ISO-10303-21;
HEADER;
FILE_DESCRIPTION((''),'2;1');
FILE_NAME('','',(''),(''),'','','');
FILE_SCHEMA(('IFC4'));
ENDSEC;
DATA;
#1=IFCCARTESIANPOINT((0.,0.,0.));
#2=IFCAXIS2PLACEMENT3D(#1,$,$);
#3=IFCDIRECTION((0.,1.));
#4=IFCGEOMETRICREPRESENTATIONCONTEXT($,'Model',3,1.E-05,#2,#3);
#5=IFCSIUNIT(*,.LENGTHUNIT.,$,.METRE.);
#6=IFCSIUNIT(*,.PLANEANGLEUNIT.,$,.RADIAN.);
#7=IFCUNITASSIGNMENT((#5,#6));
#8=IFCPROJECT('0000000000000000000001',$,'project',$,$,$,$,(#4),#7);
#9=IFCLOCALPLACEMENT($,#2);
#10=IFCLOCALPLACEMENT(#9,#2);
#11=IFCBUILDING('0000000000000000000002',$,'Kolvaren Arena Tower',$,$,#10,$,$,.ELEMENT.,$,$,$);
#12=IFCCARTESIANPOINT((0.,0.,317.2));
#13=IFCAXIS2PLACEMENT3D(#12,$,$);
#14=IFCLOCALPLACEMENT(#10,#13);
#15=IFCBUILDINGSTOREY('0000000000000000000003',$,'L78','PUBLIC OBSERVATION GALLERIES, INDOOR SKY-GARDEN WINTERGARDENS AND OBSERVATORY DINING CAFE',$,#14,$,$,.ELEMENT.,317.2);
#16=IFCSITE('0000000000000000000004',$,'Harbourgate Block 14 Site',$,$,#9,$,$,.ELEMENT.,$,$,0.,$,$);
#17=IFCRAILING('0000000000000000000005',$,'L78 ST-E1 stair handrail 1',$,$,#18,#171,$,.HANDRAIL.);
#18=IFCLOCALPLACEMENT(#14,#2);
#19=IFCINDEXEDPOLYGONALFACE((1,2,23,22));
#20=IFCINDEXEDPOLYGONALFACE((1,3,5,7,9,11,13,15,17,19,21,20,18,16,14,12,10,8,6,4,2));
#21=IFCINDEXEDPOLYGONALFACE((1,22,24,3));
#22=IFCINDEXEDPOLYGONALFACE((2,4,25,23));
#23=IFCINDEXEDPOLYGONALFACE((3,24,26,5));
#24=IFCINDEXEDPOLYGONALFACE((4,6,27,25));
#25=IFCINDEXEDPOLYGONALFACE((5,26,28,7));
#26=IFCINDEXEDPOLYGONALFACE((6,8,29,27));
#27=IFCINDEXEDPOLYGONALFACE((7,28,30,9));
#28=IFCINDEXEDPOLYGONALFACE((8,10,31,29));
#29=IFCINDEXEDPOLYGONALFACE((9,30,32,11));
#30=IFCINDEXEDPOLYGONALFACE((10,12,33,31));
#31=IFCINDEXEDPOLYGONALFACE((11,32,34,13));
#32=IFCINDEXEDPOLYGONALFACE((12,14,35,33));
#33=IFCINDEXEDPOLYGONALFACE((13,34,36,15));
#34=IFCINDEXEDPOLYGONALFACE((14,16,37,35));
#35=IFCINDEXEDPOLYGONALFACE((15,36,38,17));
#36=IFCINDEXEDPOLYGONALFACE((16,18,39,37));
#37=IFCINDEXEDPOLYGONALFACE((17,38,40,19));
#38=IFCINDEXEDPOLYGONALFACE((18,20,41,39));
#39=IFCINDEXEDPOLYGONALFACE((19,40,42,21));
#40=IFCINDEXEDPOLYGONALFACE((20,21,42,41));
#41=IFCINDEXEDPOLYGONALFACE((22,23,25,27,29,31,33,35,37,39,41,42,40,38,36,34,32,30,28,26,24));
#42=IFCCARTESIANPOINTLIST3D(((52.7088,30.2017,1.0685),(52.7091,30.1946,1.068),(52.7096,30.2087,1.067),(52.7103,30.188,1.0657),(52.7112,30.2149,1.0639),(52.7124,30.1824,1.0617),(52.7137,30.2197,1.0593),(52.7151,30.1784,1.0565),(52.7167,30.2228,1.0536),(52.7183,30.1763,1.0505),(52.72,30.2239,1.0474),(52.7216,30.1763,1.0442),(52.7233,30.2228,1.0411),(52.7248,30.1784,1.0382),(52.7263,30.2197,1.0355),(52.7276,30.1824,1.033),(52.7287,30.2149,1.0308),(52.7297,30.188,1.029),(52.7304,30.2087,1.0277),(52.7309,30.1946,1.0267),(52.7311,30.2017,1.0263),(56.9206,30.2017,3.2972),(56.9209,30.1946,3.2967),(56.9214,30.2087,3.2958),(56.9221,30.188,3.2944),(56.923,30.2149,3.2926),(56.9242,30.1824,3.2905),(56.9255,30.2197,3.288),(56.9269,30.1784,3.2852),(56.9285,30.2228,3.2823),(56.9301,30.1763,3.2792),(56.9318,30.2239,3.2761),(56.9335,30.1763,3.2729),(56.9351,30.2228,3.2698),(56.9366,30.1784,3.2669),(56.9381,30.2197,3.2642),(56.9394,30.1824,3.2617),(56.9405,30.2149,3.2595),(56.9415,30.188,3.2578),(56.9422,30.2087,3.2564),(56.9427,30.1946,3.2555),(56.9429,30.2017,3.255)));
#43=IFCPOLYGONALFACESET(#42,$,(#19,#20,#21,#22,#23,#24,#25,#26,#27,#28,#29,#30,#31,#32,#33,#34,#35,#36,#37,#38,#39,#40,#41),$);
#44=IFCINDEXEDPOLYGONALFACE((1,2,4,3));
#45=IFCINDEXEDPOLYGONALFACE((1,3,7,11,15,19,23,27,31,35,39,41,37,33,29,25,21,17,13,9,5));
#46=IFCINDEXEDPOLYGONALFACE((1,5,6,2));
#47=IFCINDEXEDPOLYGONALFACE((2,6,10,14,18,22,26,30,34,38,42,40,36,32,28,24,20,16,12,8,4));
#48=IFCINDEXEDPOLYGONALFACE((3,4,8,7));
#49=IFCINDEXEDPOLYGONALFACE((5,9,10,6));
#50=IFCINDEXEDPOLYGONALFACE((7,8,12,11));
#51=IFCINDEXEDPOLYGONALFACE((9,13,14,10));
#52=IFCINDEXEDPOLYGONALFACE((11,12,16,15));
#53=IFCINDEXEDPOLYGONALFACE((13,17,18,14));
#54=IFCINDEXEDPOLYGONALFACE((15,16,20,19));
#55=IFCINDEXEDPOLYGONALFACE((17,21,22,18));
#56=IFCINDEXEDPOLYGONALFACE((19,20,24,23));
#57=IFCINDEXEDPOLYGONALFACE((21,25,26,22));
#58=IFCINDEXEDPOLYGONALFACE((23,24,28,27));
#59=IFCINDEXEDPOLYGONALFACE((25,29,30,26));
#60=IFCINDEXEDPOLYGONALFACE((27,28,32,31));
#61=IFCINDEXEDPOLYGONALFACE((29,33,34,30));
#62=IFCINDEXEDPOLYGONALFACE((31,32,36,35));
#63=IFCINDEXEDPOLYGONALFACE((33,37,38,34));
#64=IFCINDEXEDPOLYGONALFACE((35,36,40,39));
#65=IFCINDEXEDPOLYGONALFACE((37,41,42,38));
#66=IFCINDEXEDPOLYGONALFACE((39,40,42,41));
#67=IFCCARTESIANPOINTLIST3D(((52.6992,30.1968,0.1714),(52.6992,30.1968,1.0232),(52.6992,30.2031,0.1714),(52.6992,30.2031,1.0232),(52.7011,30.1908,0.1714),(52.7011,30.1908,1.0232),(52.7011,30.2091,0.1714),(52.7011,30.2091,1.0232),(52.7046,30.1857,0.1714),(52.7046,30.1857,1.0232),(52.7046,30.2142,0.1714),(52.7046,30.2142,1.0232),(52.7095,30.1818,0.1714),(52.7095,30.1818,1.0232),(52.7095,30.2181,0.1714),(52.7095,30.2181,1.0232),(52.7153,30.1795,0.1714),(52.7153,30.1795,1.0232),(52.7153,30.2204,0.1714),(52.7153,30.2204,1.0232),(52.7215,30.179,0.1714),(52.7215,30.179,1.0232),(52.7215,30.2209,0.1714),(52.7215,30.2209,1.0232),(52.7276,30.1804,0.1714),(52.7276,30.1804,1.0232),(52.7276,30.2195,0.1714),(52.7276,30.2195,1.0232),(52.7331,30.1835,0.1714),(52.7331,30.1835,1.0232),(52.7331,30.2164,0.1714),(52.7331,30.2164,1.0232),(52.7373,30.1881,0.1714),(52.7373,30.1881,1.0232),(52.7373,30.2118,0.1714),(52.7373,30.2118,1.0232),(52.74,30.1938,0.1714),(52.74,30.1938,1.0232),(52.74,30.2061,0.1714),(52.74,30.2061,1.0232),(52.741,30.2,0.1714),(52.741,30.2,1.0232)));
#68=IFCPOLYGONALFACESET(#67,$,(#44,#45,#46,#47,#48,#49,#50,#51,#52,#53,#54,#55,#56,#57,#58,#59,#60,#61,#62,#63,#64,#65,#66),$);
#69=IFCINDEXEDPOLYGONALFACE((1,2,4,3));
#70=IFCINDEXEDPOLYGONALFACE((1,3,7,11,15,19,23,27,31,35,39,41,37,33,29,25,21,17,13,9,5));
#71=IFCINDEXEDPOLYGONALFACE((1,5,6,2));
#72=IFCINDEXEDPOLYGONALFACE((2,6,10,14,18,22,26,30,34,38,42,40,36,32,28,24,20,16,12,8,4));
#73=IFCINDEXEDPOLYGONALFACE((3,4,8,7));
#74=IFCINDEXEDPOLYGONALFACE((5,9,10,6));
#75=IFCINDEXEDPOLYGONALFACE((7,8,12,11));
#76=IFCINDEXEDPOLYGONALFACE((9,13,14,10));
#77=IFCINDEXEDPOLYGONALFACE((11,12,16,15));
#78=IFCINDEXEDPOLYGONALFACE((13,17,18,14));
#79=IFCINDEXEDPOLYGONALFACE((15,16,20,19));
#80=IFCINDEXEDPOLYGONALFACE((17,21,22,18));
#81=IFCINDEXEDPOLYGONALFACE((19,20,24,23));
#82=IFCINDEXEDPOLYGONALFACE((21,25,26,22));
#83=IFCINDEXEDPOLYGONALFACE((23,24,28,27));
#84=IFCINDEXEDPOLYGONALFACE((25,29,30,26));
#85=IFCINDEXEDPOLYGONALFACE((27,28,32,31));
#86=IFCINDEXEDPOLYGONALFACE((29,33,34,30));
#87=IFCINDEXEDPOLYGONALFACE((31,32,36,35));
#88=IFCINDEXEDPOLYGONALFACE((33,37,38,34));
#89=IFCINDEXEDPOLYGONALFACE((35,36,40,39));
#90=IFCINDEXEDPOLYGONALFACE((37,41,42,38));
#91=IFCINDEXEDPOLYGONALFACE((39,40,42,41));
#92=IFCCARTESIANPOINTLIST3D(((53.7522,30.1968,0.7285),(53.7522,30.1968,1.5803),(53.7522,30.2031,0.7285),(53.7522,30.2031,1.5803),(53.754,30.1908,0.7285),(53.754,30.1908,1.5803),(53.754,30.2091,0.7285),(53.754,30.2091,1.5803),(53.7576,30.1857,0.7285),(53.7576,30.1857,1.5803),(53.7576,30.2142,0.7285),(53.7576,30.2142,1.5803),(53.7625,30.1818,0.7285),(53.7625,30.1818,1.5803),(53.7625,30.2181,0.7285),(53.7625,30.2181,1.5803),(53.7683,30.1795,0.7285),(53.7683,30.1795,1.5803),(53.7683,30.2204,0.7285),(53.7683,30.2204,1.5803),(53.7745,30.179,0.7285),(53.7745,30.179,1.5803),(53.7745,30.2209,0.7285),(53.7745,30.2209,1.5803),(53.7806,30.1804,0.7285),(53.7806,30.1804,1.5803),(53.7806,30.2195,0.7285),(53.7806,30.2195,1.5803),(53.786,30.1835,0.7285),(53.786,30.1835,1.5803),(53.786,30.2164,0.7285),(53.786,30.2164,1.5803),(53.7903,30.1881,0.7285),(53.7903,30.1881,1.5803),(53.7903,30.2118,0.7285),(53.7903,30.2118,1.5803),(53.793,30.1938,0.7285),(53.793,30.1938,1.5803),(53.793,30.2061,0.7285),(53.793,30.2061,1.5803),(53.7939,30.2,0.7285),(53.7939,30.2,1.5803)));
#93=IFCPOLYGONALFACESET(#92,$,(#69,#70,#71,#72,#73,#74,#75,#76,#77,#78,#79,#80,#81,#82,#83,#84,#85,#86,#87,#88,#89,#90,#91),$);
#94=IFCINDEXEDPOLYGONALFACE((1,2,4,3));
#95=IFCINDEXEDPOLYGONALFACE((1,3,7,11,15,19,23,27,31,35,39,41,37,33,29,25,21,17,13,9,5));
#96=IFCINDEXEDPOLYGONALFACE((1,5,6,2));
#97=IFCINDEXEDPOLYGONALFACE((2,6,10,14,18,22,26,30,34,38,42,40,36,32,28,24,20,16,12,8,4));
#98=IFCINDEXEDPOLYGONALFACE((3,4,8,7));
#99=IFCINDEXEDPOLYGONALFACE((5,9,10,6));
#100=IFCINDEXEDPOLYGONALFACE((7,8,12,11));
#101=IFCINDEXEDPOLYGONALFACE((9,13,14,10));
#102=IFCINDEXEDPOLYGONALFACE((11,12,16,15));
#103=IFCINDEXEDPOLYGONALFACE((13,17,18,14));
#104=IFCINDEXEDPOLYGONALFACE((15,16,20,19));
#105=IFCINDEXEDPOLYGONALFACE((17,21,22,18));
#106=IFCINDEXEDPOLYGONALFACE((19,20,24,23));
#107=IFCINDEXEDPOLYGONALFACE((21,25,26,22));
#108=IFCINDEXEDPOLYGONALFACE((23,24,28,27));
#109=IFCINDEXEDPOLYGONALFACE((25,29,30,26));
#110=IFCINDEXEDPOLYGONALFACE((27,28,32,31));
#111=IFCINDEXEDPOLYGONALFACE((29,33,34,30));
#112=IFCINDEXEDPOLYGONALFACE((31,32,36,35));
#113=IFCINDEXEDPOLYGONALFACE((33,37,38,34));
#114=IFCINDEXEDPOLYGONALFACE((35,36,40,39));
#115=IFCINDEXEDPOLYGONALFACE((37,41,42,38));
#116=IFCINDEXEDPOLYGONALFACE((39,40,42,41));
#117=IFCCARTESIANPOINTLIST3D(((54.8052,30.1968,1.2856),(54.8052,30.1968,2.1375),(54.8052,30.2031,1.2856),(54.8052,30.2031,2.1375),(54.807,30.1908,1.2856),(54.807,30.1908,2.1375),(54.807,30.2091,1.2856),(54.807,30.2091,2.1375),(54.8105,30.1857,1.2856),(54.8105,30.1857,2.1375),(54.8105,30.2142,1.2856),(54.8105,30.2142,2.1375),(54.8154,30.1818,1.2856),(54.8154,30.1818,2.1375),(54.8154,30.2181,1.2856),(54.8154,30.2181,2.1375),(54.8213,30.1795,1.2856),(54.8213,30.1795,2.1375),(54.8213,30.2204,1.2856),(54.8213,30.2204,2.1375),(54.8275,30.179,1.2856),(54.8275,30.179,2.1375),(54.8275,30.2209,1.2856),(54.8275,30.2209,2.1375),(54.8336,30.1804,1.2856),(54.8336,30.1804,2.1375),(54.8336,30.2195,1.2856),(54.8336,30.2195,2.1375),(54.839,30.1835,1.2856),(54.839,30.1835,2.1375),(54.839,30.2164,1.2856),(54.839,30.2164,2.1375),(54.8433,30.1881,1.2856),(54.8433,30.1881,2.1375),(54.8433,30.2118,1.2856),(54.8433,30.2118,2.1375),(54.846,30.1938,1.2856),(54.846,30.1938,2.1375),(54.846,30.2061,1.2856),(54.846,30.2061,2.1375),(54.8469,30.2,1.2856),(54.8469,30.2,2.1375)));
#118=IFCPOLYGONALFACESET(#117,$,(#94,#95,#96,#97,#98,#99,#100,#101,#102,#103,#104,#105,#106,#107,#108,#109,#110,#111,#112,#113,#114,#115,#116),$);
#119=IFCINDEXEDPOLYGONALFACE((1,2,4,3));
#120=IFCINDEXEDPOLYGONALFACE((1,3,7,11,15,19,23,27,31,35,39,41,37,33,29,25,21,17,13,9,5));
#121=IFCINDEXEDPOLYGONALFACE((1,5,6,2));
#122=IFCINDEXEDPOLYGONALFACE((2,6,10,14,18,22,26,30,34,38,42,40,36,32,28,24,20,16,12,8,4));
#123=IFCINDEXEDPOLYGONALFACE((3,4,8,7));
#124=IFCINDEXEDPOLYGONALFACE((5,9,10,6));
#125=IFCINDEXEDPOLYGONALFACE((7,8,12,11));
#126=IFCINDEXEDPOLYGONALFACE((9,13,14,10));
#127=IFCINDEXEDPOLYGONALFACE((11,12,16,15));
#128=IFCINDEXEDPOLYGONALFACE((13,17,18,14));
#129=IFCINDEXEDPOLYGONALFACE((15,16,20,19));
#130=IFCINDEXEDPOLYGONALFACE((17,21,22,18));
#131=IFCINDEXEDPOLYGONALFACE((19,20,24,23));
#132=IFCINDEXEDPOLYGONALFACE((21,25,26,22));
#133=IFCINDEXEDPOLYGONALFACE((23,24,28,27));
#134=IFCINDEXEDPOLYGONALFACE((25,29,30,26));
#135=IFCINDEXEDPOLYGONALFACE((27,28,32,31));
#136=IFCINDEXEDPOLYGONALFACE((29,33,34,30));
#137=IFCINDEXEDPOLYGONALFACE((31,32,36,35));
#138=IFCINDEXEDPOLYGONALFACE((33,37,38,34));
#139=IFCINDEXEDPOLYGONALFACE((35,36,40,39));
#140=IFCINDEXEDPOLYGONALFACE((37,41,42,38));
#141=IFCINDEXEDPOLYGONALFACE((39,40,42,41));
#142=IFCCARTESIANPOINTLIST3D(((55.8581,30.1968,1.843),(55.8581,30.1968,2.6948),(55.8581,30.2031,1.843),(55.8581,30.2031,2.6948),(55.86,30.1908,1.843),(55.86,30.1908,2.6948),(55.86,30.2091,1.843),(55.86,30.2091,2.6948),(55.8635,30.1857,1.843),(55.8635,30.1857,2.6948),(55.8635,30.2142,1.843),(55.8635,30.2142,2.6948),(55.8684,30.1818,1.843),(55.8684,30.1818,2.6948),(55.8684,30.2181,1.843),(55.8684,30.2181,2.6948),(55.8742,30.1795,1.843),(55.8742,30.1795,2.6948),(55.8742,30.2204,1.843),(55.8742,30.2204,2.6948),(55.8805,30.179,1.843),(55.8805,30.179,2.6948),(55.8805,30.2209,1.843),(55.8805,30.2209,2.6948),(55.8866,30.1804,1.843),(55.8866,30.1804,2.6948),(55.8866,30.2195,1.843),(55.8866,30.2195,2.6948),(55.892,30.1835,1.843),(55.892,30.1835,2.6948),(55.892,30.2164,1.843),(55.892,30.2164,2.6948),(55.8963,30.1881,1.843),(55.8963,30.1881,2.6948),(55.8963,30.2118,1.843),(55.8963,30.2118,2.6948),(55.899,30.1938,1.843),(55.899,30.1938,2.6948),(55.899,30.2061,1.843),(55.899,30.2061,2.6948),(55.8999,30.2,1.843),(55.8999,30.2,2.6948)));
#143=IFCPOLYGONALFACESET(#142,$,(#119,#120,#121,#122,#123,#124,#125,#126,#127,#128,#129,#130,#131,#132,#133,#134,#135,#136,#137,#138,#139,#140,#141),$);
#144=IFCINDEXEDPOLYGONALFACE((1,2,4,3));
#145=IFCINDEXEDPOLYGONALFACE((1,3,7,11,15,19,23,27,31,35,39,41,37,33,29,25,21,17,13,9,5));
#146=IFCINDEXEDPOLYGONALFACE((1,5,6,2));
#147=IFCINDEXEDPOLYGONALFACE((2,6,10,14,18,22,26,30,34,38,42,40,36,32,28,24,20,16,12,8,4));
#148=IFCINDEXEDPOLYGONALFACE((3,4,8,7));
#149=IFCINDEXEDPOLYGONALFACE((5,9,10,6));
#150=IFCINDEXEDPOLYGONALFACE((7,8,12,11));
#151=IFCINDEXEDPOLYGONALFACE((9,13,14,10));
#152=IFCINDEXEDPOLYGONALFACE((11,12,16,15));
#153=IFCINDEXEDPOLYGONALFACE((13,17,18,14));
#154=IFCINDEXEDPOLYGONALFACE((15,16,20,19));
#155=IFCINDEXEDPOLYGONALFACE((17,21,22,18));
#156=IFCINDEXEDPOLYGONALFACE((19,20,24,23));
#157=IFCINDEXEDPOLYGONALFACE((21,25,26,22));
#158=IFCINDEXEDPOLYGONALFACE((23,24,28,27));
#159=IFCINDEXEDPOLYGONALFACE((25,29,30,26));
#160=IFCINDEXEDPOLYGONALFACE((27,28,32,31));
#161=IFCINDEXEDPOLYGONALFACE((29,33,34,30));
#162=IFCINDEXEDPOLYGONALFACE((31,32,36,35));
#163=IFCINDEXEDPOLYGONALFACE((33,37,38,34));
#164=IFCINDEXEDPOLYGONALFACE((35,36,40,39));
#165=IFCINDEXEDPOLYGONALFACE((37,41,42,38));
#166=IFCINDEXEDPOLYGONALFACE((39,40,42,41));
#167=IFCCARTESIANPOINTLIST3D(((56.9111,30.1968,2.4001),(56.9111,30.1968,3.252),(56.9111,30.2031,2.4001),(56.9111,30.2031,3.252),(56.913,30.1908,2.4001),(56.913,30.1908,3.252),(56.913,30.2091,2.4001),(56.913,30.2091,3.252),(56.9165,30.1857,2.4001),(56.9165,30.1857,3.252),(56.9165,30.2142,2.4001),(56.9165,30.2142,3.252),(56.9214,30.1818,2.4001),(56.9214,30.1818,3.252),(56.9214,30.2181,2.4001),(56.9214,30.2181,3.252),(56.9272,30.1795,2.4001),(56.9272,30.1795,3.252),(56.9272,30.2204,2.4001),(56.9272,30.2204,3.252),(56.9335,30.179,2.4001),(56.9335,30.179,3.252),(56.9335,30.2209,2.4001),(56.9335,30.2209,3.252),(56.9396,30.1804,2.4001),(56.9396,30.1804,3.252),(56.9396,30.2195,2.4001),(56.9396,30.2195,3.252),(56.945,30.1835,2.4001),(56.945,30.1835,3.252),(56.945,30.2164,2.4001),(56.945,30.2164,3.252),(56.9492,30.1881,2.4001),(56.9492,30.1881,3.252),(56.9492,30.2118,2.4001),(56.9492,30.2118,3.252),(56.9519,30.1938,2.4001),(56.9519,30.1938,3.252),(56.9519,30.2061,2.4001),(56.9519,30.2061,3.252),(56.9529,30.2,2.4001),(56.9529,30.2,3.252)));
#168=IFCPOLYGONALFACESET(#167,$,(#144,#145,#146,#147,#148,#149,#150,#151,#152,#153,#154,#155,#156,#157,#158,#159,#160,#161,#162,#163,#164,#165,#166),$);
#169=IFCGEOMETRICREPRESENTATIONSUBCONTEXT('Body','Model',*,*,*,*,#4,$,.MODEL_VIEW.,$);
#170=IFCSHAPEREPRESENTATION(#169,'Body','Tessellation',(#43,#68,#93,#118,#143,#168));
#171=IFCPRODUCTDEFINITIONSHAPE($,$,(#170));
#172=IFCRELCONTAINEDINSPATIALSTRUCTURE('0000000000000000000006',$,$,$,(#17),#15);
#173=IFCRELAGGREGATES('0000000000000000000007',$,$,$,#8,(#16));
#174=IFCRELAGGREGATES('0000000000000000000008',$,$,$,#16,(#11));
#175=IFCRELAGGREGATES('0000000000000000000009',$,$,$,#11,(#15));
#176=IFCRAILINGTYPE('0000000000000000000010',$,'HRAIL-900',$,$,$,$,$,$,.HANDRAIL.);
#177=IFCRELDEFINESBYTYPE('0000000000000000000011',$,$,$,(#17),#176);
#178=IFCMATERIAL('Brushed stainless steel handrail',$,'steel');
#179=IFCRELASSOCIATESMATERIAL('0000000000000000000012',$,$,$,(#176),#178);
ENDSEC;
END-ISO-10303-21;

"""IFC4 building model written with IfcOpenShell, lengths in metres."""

from ifc_helpers import new_model, si_unit, direction, frame, origin, origin_2d, place, context, subcontext, project, spatial, circle, extrude, material, type_object, element, save


model = new_model("IFC4")

# Units and contexts
model_context = context("Model", 3, precision=1e-05, world=origin(), true_north=direction((0.0, 1.0)))
body_context = subcontext(model_context, "Body", "Model", "MODEL_VIEW")
ifc_project = project(units=[si_unit("LENGTHUNIT", "METRE"), si_unit("PLANEANGLEUNIT", "RADIAN")], contexts=[model_context])

# Site, building, storey
site_placement = place(None, origin())
site = spatial("IfcSite", under=ifc_project, at=site_placement, Name="Harbourgate Block 14 Site", CompositionType="ELEMENT", RefElevation=0.0)
building_placement = place(site_placement, origin())
building = spatial("IfcBuilding", under=site, at=building_placement, Name="Kolvaren Arena Tower", CompositionType="ELEMENT")
storey_placement = place(building_placement, frame((0.0, 0.0, 317.2)))
storey = spatial("IfcBuildingStorey", under=building, at=storey_placement, Name="L78", Description="PUBLIC OBSERVATION GALLERIES, INDOOR SKY-GARDEN WINTERGARDENS AND OBSERVATORY DINING CAFE", CompositionType="ELEMENT", Elevation=317.2)

# Railing
ifc_material_1 = material(Name="Brushed stainless steel handrail", Category="steel")
railing_type_1 = type_object("IfcRailingType", Name="HRAIL-900", PredefinedType="HANDRAIL", material=ifc_material_1)
railing_1_placement = place(storey_placement, frame((52.72, 30.2, 0.1714)))
element("IfcRailing", 1, at=railing_1_placement, inside=storey, type_object=railing_type_1, Name="L78 ST-E1 stair handrail 1", PredefinedType="HANDRAIL", context=body_context, shape_type="SweptSolid", body=[
    extrude(circle(Radius=0.0239, at=origin_2d()), frame((0.0, 0.0, 0.876), z_axis=(0.883881, 0.0, 0.467711), x_axis=(0.0, 1.0, 0.0)), (0.0, 0.0, 1.0), 4.7651),
    extrude(circle(Radius=0.021, at=origin_2d()), origin(), (0.0, 0.0, 1.0), 0.8518),
    extrude(circle(Radius=0.021, at=origin_2d()), frame((1.053, 0.0, 0.5571)), (0.0, 0.0, 1.0), 0.8518),
    extrude(circle(Radius=0.021, at=origin_2d()), frame((2.106, 0.0, 1.1143)), (0.0, 0.0, 1.0), 0.8518),
    extrude(circle(Radius=0.021, at=origin_2d()), frame((3.1589, 0.0, 1.6716)), (0.0, 0.0, 1.0), 0.8518),
    extrude(circle(Radius=0.021, at=origin_2d()), frame((4.2119, 0.0, 2.2288)), (0.0, 0.0, 1.0), 0.8518),
])

save(model, "model.ifc")
